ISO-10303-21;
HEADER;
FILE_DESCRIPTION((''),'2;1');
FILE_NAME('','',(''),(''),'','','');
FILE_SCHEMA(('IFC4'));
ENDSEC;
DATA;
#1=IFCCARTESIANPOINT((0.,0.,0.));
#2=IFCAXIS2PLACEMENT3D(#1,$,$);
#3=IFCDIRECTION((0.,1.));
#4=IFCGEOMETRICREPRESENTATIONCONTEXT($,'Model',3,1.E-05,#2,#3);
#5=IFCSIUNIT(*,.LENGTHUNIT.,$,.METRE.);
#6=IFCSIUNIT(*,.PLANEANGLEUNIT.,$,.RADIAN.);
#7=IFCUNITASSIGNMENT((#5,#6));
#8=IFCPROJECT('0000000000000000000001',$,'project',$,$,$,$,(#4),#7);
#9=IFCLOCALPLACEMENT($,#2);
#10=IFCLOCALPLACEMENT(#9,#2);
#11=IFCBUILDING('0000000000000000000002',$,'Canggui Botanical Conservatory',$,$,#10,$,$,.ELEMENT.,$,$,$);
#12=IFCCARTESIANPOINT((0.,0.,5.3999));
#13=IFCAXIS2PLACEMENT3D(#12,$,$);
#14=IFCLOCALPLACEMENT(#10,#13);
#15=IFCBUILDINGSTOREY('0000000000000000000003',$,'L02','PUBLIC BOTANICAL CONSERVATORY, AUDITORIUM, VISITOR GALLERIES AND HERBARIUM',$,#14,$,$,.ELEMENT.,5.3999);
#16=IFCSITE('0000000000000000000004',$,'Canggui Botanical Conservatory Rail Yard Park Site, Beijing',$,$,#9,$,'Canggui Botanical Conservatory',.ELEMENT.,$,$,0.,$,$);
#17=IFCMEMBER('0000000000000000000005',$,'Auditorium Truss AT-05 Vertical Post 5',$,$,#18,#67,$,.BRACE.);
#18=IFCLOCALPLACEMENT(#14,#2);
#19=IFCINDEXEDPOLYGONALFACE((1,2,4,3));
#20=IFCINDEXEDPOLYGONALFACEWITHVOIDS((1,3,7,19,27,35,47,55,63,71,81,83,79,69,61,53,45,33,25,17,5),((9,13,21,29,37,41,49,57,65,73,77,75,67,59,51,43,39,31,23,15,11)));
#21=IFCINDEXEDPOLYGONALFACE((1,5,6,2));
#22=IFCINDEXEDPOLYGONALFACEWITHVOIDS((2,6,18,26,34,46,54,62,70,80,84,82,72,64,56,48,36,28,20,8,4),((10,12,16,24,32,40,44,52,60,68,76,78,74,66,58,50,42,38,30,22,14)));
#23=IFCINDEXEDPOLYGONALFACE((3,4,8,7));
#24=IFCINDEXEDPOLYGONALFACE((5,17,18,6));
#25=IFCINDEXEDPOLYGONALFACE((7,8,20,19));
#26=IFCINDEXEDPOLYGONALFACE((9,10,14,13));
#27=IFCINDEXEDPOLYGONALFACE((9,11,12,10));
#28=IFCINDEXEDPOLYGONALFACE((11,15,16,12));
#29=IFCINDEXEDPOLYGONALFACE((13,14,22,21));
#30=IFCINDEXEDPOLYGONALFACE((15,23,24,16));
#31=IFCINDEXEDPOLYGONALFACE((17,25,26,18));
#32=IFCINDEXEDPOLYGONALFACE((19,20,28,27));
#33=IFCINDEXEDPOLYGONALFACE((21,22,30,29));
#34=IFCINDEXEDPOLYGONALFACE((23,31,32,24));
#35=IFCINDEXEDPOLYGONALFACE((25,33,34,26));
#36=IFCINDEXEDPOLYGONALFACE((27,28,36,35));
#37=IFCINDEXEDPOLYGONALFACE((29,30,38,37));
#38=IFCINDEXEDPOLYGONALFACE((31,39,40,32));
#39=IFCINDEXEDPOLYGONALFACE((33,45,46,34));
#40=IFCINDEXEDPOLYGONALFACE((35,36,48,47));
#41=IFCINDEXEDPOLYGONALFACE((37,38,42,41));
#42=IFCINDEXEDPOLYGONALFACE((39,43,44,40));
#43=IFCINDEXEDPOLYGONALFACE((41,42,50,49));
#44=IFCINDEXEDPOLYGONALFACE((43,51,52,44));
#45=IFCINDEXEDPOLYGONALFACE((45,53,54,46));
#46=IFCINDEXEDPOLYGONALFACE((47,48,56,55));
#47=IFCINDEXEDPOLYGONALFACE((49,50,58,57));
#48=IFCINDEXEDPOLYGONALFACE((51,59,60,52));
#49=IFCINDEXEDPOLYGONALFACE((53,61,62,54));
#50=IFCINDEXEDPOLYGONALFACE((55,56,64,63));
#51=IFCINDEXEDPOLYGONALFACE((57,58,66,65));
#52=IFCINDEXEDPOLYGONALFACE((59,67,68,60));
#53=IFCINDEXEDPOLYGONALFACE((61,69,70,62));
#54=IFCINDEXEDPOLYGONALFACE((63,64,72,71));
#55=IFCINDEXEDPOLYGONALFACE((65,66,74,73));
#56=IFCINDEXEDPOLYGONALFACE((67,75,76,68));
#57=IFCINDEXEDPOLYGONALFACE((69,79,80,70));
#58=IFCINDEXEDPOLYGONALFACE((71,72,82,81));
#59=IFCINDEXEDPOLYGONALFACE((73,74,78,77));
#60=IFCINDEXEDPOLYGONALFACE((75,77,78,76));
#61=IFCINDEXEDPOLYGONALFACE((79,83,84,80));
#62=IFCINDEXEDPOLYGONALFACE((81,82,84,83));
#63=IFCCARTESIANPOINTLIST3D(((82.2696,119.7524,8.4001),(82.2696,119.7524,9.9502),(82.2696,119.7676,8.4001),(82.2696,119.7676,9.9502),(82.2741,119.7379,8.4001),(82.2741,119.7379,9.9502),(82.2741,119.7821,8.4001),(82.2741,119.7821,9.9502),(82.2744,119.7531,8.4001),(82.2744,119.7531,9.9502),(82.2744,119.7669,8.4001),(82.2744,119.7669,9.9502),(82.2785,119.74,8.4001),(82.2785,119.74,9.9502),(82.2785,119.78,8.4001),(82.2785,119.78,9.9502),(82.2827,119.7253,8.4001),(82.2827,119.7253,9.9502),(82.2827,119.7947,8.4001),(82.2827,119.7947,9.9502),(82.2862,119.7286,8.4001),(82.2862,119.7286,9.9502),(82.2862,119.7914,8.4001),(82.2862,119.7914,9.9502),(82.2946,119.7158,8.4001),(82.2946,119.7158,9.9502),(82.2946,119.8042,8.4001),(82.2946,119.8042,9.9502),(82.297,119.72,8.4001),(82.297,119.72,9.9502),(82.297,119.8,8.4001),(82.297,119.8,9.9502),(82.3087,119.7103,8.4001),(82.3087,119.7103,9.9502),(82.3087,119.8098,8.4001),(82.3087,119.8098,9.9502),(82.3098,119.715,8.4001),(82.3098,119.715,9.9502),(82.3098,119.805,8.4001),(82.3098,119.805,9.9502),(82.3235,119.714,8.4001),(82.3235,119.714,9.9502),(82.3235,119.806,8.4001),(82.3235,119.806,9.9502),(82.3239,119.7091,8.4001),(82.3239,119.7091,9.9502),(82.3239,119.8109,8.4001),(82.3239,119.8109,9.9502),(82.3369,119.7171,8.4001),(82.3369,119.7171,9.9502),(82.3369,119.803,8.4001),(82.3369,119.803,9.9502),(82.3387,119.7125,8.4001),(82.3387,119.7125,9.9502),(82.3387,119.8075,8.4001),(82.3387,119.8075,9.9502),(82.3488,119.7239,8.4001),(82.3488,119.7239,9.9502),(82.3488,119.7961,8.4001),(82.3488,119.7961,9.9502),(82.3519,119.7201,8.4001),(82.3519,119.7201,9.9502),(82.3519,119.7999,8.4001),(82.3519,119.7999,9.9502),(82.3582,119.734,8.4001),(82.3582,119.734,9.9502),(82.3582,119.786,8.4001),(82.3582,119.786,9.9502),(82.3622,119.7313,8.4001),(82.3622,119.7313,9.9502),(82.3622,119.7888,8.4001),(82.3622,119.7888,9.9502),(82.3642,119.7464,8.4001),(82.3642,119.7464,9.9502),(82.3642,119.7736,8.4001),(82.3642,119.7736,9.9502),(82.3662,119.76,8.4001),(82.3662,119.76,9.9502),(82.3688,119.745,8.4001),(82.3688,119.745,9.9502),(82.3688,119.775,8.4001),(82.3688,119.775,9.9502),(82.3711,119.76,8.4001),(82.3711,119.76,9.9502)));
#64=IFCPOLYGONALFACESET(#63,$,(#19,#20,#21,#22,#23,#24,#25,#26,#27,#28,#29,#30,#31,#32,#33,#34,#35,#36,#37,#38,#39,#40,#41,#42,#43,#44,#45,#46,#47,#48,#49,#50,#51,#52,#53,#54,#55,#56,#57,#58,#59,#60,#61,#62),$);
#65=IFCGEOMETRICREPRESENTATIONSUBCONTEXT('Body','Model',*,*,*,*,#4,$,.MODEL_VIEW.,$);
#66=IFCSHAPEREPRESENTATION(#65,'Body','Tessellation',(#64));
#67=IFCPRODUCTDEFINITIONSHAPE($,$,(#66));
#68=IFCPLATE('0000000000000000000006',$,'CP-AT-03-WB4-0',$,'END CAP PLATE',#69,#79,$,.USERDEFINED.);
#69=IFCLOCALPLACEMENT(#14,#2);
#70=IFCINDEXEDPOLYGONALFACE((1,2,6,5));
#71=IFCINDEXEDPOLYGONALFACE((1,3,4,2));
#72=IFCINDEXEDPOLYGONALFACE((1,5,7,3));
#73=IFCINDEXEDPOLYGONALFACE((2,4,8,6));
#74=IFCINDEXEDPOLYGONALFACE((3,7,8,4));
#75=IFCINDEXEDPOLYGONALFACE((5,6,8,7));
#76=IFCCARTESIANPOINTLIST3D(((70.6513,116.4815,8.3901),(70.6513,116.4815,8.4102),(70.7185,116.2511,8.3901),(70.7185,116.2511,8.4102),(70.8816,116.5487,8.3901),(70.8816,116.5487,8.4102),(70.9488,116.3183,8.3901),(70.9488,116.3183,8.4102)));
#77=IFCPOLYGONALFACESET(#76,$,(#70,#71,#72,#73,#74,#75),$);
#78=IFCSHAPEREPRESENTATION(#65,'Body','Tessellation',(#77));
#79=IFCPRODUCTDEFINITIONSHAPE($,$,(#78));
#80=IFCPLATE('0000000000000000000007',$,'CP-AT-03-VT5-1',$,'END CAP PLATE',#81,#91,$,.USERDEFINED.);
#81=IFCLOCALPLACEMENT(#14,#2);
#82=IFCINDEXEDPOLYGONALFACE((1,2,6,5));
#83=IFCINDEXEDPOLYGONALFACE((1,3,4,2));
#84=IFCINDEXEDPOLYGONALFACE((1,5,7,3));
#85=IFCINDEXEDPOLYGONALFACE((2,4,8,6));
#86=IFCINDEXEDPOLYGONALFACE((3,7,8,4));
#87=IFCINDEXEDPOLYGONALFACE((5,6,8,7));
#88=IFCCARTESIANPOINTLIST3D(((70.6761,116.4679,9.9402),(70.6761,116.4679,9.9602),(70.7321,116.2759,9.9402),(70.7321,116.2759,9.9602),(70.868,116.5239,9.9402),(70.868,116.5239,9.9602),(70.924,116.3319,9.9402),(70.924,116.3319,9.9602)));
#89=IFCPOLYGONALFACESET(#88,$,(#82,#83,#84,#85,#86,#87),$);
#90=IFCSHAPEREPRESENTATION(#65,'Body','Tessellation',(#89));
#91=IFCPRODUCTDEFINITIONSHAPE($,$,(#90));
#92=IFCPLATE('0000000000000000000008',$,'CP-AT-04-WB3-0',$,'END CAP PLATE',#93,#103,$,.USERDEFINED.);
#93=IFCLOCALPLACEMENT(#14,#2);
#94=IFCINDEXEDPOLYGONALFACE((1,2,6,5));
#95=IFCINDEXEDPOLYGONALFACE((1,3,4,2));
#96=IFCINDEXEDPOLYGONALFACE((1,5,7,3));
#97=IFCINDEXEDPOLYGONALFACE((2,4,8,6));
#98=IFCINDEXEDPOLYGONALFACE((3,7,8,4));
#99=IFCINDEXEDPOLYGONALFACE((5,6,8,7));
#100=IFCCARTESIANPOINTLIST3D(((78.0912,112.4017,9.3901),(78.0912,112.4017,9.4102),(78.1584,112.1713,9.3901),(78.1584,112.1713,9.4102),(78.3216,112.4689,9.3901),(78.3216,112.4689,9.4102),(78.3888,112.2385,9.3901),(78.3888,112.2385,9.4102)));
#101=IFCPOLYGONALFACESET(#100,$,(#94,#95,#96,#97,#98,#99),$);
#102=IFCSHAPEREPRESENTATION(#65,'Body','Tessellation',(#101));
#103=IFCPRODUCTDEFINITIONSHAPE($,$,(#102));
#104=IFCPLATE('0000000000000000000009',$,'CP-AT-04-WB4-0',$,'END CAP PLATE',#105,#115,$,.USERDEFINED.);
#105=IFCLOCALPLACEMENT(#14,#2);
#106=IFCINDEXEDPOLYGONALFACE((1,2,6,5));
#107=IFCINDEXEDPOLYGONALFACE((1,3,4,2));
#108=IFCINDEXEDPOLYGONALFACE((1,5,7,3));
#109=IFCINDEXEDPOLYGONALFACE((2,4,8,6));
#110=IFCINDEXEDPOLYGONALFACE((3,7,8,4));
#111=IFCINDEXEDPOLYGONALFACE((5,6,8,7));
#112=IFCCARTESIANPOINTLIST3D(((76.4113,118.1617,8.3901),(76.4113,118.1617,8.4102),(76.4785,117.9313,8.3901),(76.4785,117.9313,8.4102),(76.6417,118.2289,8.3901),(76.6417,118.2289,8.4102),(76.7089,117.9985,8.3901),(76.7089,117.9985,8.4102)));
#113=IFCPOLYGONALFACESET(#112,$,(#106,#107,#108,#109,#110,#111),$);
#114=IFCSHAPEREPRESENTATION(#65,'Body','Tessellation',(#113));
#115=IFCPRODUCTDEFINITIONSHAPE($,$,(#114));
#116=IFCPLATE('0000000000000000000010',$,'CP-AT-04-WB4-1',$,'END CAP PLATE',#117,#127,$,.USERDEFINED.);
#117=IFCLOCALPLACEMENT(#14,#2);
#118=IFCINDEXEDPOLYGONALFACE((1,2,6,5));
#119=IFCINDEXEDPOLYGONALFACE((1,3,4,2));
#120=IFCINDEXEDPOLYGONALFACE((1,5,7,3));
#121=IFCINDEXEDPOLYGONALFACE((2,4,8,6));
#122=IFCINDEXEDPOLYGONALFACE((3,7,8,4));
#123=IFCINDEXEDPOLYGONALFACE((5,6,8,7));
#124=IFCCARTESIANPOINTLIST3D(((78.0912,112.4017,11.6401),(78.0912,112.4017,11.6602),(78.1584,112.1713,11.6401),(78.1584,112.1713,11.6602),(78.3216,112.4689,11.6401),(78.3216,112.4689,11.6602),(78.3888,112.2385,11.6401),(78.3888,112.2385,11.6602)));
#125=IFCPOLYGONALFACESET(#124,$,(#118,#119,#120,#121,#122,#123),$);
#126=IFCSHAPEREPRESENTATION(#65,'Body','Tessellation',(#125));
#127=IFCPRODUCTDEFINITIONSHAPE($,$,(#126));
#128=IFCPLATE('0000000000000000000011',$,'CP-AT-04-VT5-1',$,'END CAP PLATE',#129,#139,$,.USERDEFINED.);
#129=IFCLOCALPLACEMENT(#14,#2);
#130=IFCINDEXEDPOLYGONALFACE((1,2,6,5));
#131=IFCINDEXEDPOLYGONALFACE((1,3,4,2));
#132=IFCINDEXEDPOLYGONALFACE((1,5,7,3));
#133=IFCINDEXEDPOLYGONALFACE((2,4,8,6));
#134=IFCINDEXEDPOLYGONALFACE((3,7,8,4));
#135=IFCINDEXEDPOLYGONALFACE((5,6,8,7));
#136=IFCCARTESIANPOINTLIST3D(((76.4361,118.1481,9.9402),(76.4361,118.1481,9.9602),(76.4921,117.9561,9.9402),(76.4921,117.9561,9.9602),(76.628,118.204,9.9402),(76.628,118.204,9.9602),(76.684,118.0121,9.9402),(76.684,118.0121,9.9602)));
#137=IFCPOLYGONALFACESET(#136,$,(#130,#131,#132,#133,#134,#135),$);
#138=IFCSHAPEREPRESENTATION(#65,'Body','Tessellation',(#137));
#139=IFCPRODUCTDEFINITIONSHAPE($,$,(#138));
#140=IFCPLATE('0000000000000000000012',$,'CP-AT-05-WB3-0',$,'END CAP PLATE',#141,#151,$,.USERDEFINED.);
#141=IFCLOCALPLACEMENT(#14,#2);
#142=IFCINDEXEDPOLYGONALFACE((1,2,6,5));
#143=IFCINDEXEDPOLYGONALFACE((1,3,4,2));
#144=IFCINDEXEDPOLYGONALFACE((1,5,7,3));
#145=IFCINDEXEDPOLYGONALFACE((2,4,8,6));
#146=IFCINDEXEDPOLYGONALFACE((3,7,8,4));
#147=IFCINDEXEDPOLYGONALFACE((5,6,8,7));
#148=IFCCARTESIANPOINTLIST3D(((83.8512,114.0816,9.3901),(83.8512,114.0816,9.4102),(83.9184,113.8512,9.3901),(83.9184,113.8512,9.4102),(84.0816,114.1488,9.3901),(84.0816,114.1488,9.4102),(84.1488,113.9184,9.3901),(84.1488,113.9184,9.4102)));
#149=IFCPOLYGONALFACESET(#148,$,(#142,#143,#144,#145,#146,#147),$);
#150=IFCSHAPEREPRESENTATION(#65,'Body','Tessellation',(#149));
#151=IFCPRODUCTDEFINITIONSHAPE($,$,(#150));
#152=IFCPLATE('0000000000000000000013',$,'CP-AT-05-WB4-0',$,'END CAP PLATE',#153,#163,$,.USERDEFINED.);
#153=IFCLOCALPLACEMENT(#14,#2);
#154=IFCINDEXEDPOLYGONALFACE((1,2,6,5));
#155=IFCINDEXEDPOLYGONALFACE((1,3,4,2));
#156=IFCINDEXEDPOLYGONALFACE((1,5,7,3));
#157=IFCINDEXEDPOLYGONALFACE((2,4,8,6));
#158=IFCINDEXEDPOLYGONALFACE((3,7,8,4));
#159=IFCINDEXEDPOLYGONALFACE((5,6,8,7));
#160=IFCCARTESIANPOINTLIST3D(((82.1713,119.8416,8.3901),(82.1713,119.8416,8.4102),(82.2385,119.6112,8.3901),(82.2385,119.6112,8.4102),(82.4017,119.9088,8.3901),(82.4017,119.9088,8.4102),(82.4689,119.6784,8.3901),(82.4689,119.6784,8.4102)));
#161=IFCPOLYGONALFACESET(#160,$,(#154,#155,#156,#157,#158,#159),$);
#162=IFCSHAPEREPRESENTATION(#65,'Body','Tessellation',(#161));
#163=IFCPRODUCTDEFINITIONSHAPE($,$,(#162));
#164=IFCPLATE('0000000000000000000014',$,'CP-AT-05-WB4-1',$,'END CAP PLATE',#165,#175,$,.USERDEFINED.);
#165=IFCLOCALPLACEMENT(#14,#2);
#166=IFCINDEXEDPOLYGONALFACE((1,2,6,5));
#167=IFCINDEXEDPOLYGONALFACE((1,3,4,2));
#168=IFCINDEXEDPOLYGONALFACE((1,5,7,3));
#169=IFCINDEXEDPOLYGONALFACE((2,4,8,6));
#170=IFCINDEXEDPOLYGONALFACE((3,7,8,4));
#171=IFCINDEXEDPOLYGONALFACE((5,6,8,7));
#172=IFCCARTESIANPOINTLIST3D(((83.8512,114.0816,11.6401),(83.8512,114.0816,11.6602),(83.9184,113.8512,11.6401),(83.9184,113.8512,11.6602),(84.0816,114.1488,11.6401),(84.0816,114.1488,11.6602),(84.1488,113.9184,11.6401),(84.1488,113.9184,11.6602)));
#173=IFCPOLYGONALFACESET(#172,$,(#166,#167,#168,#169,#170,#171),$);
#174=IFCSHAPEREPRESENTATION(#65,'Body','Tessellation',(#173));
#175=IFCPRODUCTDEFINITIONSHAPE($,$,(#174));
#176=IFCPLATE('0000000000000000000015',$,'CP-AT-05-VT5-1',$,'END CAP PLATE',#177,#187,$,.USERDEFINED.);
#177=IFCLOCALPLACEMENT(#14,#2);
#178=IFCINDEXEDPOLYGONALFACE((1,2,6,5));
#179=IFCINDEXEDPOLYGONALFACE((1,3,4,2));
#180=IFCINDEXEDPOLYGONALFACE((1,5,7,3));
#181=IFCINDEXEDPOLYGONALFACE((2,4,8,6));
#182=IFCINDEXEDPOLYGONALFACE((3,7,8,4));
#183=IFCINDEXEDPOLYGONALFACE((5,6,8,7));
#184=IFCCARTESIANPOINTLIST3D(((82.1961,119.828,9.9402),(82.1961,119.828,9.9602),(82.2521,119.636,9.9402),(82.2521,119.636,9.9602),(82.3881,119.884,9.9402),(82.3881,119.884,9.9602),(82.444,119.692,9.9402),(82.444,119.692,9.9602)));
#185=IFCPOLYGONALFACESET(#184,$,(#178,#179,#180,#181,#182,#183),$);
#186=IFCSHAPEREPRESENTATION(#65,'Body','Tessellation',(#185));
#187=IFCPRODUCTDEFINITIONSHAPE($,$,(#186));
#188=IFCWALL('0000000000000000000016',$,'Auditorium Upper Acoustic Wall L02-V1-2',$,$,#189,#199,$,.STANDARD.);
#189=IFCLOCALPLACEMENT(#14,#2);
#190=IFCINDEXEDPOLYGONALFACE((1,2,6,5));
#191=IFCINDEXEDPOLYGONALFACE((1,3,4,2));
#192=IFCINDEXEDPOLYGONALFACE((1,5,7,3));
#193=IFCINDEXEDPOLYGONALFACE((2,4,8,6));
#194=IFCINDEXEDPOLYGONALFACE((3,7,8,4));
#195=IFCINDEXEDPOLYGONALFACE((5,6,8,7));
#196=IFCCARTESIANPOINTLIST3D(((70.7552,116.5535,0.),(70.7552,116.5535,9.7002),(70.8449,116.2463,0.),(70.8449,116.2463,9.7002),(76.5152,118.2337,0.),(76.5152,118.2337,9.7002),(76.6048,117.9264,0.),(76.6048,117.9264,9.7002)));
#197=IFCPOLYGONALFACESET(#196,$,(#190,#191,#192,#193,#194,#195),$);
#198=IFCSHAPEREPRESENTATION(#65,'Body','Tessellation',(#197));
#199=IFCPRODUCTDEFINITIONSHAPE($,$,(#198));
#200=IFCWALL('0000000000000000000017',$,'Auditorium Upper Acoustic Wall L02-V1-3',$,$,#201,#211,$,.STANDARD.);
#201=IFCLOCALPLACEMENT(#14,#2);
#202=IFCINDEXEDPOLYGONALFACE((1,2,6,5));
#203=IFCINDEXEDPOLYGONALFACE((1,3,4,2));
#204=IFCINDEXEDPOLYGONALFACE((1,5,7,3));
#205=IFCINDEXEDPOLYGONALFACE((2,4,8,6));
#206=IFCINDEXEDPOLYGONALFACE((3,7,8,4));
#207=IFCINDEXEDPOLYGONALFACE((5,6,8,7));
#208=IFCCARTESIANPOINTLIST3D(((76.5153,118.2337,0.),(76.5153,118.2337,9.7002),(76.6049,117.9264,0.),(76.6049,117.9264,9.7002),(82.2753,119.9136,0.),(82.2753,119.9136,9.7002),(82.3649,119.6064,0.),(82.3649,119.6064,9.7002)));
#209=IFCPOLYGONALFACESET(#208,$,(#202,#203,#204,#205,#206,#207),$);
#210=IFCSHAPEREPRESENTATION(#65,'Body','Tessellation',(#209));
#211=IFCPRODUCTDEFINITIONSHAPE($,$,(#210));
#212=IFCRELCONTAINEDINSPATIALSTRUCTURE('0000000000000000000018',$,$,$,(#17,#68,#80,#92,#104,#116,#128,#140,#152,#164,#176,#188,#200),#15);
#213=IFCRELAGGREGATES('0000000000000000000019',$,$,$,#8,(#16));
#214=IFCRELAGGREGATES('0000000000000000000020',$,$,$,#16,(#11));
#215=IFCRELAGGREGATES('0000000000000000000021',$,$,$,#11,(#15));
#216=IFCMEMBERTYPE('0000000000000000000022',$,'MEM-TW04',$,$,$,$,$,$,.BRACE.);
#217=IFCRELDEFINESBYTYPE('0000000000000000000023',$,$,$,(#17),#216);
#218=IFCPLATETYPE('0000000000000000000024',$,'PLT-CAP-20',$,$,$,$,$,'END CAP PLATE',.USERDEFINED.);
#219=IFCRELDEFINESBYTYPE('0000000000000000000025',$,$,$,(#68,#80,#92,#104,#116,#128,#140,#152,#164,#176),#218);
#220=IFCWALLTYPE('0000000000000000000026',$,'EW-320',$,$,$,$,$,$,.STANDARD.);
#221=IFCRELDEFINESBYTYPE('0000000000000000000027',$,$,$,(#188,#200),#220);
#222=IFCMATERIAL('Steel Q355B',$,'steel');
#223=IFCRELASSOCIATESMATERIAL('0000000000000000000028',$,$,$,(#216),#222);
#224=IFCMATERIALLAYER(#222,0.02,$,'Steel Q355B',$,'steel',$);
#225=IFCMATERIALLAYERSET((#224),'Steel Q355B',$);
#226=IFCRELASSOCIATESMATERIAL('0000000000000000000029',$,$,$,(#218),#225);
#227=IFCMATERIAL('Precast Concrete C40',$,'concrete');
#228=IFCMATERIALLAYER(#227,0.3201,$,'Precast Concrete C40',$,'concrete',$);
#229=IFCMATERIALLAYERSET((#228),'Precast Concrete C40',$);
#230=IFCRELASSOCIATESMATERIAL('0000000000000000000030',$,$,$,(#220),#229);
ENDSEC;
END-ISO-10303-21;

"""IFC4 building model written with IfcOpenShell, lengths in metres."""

from ifc_helpers import new_model, si_unit, direction, frame, frame_2d, origin, origin_2d, place, context, subcontext, project, spatial, rectangle, hollow_circle, extrude, material, layer, layer_set, material_profile, profile_set, type_object, element, save


model = new_model("IFC4")

# Units and contexts
model_context = context("Model", 3, precision=1e-05, world=origin(), true_north=direction((0.0, 1.0)))
body_context = subcontext(model_context, "Body", "Model", "MODEL_VIEW")
ifc_project = project(units=[si_unit("LENGTHUNIT", "METRE"), si_unit("PLANEANGLEUNIT", "RADIAN")], contexts=[model_context])

# Site, building, storey
site_placement = place(None, origin())
site = spatial("IfcSite", under=ifc_project, at=site_placement, Name="Canggui Botanical Conservatory Rail Yard Park Site, Beijing", LongName="Canggui Botanical Conservatory", CompositionType="ELEMENT", RefElevation=0.0)
building_placement = place(site_placement, origin())
building = spatial("IfcBuilding", under=site, at=building_placement, Name="Canggui Botanical Conservatory", CompositionType="ELEMENT")
storey_placement = place(building_placement, frame((0.0, 0.0, 5.3999)))
storey = spatial("IfcBuildingStorey", under=building, at=storey_placement, Name="L02", Description="PUBLIC BOTANICAL CONSERVATORY, AUDITORIUM, VISITOR GALLERIES AND HERBARIUM", CompositionType="ELEMENT", Elevation=5.3999)

# Shared definitions
ifc_material_1 = material(Name="Steel Q355B", Category="steel")

# Member
ifc_material_profile_1 = material_profile(ifc_material_1, hollow_circle(Radius=0.051, WallThickness=0.0049, at=origin_2d()), Name="CHS 102x5")
ifc_profile_set_1 = profile_set([ifc_material_profile_1], Name="Steel Q355B")
member_type_1 = type_object("IfcMemberType", Name="MEM-TW04", PredefinedType="BRACE", material=ifc_profile_set_1)
member_1_placement = place(storey_placement, frame((82.3201, 119.76, 8.4001), z_axis=(0.0, 0.0, 1.0), x_axis=(1.0, 0.0, 0.0)))
element("IfcMember", 1, at=member_1_placement, inside=storey, type_object=member_type_1, Name="Auditorium Truss AT-05 Vertical Post 5", PredefinedType="BRACE", context=body_context, shape_type="SweptSolid", body=[
    extrude(hollow_circle(Radius=0.051, WallThickness=0.0049, at=origin_2d()), origin(), (0.0, 0.0, 1.0), 1.55),
])

# Plates
ifc_layer_1 = layer(ifc_material_1, 0.02, Name="Steel Q355B", Category="steel")
ifc_layer_set_1 = layer_set([ifc_layer_1], Name="Steel Q355B")
plate_type = type_object("IfcPlateType", Name="PLT-CAP-20", ElementType="END CAP PLATE", PredefinedType="USERDEFINED", material=ifc_layer_set_1)
plate_1_placement = place(storey_placement, frame((70.8, 116.3999, 8.3901), z_axis=(0.0, 0.0, 1.0), x_axis=(0.96, 0.28, 0.0)))
element("IfcPlate", 2, at=plate_1_placement, inside=storey, type_object=plate_type, Name="CP-AT-03-WB4-0", ObjectType="END CAP PLATE", PredefinedType="USERDEFINED", context=body_context, shape_type="SweptSolid", body=[
    extrude(rectangle(XDim=0.24, YDim=0.24, at=origin_2d()), origin(), (0.0, 0.0, 1.0), 0.02),
])
plate_2_placement = place(storey_placement, frame((70.8, 116.3999, 9.9402), z_axis=(0.0, 0.0, 1.0), x_axis=(0.96, 0.28, 0.0)))
element("IfcPlate", 3, at=plate_2_placement, inside=storey, type_object=plate_type, Name="CP-AT-03-VT5-1", ObjectType="END CAP PLATE", PredefinedType="USERDEFINED", context=body_context, shape_type="SweptSolid", body=[
    extrude(rectangle(XDim=0.2, YDim=0.2, at=origin_2d()), origin(), (0.0, 0.0, 1.0), 0.02),
])
for number, where, z_axis, x_axis, name in (
    (4, (78.24, 112.3201, 9.3901), (0.0, 0.0, 1.0), (0.96, 0.28, 0.0), "CP-AT-04-WB3-0"),
    (5, (76.5601, 118.0801, 8.3901), (0.0, 0.0, 1.0), (0.96, 0.28, 0.0), "CP-AT-04-WB4-0"),
    (6, (78.24, 112.3201, 11.6401), (0.0, 0.0, 1.0), (0.96, 0.28, 0.0), "CP-AT-04-WB4-1"),
):
    element("IfcPlate", number, at=place(storey_placement, frame(where, z_axis=z_axis, x_axis=x_axis)), inside=storey, type_object=plate_type, Name=name, ObjectType="END CAP PLATE", PredefinedType="USERDEFINED", context=body_context, shape_type="SweptSolid", body=[
        extrude(rectangle(XDim=0.24, YDim=0.24, at=origin_2d()), origin(), (0.0, 0.0, 1.0), 0.02),
    ])
plate_3_placement = place(storey_placement, frame((76.5601, 118.0801, 9.9402), z_axis=(0.0, 0.0, 1.0), x_axis=(0.96, 0.28, 0.0)))
element("IfcPlate", 7, at=plate_3_placement, inside=storey, type_object=plate_type, Name="CP-AT-04-VT5-1", ObjectType="END CAP PLATE", PredefinedType="USERDEFINED", context=body_context, shape_type="SweptSolid", body=[
    extrude(rectangle(XDim=0.2, YDim=0.2, at=origin_2d()), origin(), (0.0, 0.0, 1.0), 0.02),
])
for number, where, z_axis, x_axis, name in (
    (8, (84.0, 114.0, 9.3901), (0.0, 0.0, 1.0), (0.96, 0.28, 0.0), "CP-AT-05-WB3-0"),
    (9, (82.3201, 119.76, 8.3901), (0.0, 0.0, 1.0), (0.96, 0.28, 0.0), "CP-AT-05-WB4-0"),
    (10, (84.0, 114.0, 11.6401), (0.0, 0.0, 1.0), (0.96, 0.28, 0.0), "CP-AT-05-WB4-1"),
):
    element("IfcPlate", number, at=place(storey_placement, frame(where, z_axis=z_axis, x_axis=x_axis)), inside=storey, type_object=plate_type, Name=name, ObjectType="END CAP PLATE", PredefinedType="USERDEFINED", context=body_context, shape_type="SweptSolid", body=[
        extrude(rectangle(XDim=0.24, YDim=0.24, at=origin_2d()), origin(), (0.0, 0.0, 1.0), 0.02),
    ])
plate_4_placement = place(storey_placement, frame((82.3201, 119.76, 9.9402), z_axis=(0.0, 0.0, 1.0), x_axis=(0.96, 0.28, 0.0)))
element("IfcPlate", 11, at=plate_4_placement, inside=storey, type_object=plate_type, Name="CP-AT-05-VT5-1", ObjectType="END CAP PLATE", PredefinedType="USERDEFINED", context=body_context, shape_type="SweptSolid", body=[
    extrude(rectangle(XDim=0.2, YDim=0.2, at=origin_2d()), origin(), (0.0, 0.0, 1.0), 0.02),
])

# Walls
ifc_material_2 = material(Name="Precast Concrete C40", Category="concrete")
ifc_layer_2 = layer(ifc_material_2, 0.3201, Name="Precast Concrete C40", Category="concrete")
ifc_layer_set_2 = layer_set([ifc_layer_2], Name="Precast Concrete C40")
wall_type_1 = type_object("IfcWallType", Name="EW-320", PredefinedType="STANDARD", material=ifc_layer_set_2)
for number, where, z_axis, x_axis, name in (
    (12, (70.8, 116.3999, 0.0), (0.0, 0.0, 1.0), (0.959992, 0.280027, 0.0), "Auditorium Upper Acoustic Wall L02-V1-2"),
    (13, (76.5601, 118.0801, 0.0), (0.0, 0.0, 1.0), (0.960003, 0.279989, 0.0), "Auditorium Upper Acoustic Wall L02-V1-3"),
):
    element("IfcWall", number, at=place(storey_placement, frame(where, z_axis=z_axis, x_axis=x_axis)), inside=storey, type_object=wall_type_1, Name=name, PredefinedType="STANDARD", context=body_context, shape_type="SweptSolid", body=[
        extrude(rectangle(XDim=6.0, YDim=0.3201, at=frame_2d((3.0, 0.0))), origin(), (0.0, 0.0, 1.0), 9.7002),
    ])

save(model, "model.ifc")
